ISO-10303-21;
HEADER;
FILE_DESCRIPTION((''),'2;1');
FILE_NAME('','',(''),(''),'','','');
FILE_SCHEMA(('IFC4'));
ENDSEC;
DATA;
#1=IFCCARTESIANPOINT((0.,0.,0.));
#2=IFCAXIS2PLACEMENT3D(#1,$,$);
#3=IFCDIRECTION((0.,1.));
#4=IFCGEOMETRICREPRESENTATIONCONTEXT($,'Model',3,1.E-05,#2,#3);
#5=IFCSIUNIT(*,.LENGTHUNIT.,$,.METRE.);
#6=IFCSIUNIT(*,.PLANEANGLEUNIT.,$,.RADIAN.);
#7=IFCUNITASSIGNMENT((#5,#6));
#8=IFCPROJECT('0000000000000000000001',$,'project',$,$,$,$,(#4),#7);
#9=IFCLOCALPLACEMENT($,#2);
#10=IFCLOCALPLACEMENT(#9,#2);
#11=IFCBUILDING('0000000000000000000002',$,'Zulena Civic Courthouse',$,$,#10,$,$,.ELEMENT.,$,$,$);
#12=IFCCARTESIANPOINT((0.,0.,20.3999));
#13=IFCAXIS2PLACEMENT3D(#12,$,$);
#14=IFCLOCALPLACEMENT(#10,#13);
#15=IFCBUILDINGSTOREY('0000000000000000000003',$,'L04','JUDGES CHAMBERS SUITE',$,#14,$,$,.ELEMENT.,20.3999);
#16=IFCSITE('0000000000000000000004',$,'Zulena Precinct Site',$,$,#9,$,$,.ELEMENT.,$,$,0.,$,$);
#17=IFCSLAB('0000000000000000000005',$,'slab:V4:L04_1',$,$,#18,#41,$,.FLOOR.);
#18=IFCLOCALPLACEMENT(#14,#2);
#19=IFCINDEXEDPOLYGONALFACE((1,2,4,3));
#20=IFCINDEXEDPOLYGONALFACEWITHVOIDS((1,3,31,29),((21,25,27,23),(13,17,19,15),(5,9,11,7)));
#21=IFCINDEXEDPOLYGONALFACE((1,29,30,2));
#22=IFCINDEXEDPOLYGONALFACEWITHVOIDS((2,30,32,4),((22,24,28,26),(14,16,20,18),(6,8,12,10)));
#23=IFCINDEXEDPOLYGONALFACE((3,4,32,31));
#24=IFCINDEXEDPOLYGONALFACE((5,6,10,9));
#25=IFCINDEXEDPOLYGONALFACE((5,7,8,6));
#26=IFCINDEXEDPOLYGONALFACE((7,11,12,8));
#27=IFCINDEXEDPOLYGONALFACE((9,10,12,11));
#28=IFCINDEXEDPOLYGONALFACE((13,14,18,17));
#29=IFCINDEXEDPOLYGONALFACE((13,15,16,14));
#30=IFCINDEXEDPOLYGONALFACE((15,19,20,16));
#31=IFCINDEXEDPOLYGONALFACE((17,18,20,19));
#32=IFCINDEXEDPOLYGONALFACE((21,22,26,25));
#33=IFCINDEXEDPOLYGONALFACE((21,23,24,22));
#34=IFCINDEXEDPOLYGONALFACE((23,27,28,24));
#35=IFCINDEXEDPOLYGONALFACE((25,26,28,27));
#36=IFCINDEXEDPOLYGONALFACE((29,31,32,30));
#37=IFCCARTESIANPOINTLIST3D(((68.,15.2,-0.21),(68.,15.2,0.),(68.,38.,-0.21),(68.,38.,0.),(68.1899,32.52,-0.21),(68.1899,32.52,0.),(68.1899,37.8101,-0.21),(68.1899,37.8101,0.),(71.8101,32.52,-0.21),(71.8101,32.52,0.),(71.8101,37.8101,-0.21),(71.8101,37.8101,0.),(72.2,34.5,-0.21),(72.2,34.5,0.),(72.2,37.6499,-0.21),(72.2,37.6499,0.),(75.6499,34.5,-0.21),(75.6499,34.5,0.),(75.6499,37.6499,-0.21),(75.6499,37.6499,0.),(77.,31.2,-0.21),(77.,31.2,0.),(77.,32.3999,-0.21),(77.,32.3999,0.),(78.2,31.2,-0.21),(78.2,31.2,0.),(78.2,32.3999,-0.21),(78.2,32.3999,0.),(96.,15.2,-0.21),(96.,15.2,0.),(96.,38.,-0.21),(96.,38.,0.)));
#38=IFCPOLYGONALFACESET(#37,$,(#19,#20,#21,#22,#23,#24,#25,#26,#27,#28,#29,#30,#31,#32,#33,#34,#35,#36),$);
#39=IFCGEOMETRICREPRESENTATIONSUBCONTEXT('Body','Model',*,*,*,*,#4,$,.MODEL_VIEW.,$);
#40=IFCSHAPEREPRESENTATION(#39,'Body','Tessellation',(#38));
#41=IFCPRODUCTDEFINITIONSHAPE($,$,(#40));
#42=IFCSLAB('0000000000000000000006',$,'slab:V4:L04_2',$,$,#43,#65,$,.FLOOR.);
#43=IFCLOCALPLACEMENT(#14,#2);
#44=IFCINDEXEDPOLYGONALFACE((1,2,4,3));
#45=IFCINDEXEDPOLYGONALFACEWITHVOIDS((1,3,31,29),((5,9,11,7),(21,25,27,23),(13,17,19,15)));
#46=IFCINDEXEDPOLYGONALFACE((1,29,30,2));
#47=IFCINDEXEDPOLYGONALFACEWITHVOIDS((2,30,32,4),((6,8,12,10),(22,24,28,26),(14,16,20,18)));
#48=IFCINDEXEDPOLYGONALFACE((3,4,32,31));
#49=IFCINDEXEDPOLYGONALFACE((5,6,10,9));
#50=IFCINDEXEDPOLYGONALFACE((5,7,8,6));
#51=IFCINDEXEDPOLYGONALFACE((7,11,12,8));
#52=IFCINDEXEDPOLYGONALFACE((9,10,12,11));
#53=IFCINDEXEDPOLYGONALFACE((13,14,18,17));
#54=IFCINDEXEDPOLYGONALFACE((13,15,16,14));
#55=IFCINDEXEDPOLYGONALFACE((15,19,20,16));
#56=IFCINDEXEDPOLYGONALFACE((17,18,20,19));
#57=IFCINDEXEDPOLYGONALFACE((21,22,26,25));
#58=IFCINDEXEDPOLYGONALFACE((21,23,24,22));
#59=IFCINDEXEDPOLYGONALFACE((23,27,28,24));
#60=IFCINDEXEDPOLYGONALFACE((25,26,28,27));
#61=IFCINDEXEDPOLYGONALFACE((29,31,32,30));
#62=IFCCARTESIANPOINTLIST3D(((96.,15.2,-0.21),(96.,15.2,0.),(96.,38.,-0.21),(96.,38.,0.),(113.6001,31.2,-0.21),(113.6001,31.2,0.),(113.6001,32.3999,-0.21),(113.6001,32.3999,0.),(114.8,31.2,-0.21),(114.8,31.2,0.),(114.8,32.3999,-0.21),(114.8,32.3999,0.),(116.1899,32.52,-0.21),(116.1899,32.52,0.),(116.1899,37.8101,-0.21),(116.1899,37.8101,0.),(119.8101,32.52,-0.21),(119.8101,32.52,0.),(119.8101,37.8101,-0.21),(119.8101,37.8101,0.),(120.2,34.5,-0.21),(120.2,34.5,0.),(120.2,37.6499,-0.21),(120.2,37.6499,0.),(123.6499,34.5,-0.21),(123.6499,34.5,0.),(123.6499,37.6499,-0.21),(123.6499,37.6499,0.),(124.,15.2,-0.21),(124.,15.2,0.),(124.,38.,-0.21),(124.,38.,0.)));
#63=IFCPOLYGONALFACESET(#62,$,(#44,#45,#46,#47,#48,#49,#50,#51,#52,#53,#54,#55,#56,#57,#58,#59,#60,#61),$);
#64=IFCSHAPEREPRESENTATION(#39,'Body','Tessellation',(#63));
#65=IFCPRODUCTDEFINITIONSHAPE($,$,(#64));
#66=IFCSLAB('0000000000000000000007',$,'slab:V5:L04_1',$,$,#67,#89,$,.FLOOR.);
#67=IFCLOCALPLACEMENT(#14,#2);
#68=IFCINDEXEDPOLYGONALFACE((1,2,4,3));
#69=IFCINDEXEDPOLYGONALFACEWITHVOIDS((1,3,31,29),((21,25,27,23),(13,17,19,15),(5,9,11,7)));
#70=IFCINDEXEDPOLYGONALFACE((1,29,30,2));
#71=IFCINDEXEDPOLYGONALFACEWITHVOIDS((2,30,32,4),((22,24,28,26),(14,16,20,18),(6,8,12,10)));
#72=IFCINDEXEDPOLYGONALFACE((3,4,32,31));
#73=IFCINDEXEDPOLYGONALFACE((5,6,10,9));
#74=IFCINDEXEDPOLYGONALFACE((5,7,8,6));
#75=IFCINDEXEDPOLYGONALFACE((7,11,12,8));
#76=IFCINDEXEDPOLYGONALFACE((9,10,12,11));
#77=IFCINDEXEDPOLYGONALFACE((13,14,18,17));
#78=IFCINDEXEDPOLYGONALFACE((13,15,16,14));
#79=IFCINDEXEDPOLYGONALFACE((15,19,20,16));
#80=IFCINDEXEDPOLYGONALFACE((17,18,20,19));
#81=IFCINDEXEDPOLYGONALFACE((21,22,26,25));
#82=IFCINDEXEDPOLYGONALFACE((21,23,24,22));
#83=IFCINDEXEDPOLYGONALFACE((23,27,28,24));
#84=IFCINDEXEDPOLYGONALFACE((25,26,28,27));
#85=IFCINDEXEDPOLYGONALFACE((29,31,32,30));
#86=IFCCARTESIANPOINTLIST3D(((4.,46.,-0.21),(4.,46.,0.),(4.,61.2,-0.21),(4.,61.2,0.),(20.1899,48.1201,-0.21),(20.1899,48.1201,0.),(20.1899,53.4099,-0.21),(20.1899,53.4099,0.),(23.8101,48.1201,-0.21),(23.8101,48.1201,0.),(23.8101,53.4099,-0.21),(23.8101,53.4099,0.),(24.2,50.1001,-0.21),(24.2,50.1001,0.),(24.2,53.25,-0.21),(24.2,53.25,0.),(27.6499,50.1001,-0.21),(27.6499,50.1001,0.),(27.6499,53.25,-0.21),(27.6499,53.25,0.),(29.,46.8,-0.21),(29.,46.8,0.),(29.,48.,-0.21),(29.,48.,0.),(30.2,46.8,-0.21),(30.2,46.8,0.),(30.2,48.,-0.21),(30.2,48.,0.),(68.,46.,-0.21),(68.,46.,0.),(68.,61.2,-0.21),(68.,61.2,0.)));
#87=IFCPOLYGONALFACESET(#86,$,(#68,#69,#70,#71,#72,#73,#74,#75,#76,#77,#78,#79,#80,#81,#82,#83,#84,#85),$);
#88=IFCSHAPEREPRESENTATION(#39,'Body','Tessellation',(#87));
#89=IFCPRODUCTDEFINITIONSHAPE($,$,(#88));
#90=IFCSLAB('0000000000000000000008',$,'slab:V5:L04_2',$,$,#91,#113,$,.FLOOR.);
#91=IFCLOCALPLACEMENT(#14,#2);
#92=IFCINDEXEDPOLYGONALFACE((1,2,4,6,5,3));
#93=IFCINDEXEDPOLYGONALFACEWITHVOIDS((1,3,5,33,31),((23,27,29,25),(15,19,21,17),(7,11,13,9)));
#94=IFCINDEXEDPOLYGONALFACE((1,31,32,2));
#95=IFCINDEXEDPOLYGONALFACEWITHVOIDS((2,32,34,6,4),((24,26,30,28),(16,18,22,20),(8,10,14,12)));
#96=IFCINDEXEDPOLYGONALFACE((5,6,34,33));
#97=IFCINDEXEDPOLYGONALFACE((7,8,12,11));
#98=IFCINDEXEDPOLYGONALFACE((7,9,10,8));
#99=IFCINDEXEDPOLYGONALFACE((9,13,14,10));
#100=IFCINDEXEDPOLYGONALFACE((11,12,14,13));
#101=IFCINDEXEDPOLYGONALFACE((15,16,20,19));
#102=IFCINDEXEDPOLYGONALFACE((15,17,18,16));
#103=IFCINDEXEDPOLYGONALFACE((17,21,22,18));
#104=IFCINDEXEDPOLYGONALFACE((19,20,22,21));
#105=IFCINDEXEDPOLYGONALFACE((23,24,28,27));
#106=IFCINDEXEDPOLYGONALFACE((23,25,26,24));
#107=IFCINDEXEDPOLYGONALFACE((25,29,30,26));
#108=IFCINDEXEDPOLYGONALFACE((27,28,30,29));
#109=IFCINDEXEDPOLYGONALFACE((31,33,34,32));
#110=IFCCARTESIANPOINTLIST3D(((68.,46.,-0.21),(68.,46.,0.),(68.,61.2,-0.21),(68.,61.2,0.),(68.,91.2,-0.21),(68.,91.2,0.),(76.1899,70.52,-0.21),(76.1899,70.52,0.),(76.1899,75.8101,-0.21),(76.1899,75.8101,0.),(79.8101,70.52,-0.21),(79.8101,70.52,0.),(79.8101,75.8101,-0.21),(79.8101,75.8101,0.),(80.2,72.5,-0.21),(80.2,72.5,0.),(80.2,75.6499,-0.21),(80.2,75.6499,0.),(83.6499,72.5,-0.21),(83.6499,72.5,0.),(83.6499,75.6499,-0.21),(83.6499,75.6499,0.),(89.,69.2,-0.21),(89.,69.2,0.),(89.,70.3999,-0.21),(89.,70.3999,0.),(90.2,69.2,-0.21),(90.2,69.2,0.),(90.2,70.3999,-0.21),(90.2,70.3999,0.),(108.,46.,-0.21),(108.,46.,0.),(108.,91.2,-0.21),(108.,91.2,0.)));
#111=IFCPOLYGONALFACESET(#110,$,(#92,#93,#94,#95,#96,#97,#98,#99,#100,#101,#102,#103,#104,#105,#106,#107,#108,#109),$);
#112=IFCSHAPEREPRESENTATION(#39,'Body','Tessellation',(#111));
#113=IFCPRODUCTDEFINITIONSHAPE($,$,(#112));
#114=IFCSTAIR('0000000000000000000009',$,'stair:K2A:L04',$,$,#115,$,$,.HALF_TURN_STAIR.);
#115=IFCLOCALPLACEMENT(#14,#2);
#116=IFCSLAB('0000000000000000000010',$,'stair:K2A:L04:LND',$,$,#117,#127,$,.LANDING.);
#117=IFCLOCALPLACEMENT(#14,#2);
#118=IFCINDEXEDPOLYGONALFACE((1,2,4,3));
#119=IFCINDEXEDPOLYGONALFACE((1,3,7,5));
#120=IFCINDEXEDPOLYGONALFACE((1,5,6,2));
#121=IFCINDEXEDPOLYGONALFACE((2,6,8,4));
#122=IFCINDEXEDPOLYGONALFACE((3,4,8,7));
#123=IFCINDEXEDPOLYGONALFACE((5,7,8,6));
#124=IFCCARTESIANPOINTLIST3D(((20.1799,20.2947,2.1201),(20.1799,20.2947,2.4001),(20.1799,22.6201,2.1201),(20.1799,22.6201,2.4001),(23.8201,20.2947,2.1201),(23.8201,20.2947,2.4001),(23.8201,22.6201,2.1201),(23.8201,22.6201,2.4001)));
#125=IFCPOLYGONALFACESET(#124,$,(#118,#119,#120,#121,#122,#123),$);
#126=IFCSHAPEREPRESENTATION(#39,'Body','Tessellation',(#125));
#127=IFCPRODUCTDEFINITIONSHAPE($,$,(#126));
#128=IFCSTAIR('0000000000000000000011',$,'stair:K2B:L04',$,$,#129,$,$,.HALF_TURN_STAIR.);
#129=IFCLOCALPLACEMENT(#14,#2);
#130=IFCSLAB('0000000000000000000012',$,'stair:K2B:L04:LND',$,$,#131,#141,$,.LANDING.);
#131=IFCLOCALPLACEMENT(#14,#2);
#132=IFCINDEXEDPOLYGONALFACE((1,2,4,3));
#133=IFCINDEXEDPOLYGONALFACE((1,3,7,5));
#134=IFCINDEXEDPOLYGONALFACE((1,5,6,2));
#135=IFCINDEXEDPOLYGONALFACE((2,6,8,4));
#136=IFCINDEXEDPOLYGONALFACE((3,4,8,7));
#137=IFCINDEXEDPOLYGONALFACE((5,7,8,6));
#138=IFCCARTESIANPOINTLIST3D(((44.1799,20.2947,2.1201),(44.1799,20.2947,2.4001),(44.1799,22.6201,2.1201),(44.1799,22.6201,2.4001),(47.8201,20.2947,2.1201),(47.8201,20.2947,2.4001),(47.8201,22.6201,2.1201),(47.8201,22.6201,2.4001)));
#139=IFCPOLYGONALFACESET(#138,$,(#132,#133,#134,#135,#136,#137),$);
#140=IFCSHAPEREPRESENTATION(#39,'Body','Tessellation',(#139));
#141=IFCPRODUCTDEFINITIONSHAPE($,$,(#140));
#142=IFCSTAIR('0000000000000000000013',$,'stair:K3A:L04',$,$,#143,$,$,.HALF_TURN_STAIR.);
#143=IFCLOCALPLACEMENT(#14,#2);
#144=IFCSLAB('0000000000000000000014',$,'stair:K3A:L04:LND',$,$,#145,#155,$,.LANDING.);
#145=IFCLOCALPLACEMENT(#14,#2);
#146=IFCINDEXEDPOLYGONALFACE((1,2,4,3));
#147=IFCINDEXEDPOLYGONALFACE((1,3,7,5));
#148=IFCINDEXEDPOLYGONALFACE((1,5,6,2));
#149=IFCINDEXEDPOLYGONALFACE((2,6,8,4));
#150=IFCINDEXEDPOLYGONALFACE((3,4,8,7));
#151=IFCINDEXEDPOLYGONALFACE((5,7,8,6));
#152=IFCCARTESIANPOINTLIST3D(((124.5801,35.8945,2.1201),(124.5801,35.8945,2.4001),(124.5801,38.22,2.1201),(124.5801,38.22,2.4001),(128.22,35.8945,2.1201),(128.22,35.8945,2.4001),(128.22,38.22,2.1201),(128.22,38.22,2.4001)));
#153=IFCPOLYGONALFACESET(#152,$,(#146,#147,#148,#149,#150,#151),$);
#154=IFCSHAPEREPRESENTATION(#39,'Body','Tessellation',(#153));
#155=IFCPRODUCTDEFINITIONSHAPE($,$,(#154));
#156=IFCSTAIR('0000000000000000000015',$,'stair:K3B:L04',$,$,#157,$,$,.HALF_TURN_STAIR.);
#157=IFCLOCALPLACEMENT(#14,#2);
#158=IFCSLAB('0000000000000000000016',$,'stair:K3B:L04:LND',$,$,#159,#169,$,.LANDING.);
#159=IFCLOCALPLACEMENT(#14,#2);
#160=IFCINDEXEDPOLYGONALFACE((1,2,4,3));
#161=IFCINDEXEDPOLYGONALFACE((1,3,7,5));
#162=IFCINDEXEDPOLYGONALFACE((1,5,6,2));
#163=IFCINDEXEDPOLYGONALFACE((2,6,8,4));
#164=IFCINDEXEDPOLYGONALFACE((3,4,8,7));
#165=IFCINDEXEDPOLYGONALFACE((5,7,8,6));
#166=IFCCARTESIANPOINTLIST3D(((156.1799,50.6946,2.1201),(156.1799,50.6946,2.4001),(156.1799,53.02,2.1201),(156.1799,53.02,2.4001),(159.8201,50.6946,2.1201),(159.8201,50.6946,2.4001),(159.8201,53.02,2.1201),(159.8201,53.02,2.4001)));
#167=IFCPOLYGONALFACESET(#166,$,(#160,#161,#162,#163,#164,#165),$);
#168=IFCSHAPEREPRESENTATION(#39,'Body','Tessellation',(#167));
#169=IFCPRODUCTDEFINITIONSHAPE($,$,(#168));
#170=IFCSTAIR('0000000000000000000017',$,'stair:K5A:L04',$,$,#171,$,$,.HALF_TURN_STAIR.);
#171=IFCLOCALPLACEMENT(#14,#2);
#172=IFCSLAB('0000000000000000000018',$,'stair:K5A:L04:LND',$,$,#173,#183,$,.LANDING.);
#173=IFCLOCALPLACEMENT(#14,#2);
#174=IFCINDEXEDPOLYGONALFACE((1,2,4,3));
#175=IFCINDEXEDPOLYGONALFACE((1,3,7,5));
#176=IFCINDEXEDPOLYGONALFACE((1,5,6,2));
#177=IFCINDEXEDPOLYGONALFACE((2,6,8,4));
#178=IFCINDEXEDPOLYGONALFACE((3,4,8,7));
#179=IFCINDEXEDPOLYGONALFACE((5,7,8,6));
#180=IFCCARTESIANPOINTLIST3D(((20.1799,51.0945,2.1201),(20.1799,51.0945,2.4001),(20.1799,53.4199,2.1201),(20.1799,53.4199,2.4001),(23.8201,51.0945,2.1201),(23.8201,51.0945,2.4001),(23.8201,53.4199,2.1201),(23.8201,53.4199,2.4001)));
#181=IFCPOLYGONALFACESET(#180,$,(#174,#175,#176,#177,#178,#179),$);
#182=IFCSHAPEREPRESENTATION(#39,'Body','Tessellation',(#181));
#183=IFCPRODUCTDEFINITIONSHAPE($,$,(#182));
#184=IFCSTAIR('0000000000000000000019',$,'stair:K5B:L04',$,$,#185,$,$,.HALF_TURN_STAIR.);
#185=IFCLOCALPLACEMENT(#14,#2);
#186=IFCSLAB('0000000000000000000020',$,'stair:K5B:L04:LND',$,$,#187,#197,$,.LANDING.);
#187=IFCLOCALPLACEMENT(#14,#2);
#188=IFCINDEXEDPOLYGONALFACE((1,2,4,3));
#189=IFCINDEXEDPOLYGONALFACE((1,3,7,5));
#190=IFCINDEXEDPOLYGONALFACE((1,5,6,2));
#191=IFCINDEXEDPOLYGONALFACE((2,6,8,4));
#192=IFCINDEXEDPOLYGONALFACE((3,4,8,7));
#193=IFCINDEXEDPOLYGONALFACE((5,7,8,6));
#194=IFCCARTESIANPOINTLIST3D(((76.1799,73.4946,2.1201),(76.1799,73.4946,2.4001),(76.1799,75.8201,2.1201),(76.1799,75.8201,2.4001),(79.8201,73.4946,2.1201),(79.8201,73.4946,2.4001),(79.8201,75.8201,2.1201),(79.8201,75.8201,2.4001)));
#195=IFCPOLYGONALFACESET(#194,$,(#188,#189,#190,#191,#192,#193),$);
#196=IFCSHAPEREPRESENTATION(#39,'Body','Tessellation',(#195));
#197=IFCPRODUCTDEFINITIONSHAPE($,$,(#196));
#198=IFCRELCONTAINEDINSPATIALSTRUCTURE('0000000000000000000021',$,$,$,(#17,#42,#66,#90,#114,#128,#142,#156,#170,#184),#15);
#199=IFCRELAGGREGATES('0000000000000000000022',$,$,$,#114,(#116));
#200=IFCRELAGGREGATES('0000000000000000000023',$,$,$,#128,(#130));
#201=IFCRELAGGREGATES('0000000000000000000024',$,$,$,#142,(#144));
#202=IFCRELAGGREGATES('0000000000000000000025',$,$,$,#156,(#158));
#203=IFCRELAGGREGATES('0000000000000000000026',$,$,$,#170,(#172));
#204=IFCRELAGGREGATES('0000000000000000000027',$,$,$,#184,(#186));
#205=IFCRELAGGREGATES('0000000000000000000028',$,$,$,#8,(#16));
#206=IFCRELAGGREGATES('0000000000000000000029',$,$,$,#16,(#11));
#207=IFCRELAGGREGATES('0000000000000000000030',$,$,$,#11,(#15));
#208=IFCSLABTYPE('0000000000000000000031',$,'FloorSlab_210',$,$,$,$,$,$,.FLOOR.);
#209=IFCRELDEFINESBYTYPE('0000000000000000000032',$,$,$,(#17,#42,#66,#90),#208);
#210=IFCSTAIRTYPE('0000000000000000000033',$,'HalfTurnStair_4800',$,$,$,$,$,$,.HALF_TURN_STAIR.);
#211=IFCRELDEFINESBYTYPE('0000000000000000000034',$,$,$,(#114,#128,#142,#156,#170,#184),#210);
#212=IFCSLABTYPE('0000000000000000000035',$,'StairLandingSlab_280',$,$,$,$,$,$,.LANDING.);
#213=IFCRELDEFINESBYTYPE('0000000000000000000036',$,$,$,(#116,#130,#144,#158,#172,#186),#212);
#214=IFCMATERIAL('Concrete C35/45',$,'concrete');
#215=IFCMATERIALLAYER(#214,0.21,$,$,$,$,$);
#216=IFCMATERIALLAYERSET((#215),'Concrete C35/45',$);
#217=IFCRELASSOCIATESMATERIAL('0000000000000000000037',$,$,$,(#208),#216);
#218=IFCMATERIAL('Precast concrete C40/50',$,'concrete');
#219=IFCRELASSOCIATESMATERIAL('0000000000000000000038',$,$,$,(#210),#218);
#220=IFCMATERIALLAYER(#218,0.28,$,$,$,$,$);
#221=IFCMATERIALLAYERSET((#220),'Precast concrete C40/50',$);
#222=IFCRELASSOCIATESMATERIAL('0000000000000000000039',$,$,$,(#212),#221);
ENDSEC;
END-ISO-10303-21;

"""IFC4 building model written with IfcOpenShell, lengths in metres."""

from ifc_helpers import new_model, si_unit, direction, frame, origin, place, context, subcontext, project, spatial, polyline, outline, extrude, material, layer, layer_set, type_object, element, aggregate, save


model = new_model("IFC4")

# Units and contexts
model_context = context("Model", 3, precision=1e-05, world=origin(), true_north=direction((0.0, 1.0)))
body_context = subcontext(model_context, "Body", "Model", "MODEL_VIEW")
ifc_project = project(units=[si_unit("LENGTHUNIT", "METRE"), si_unit("PLANEANGLEUNIT", "RADIAN")], contexts=[model_context])

# Site, building, storey
site_placement = place(None, origin())
site = spatial("IfcSite", under=ifc_project, at=site_placement, Name="Zulena Precinct Site", CompositionType="ELEMENT", RefElevation=0.0)
building_placement = place(site_placement, origin())
building = spatial("IfcBuilding", under=site, at=building_placement, Name="Zulena Civic Courthouse", CompositionType="ELEMENT")
storey_placement = place(building_placement, frame((0.0, 0.0, 20.3999)))
storey = spatial("IfcBuildingStorey", under=building, at=storey_placement, Name="L04", Description="JUDGES CHAMBERS SUITE", CompositionType="ELEMENT", Elevation=20.3999)

# Slabs
ifc_material_1 = material(Name="Concrete C35/45", Category="concrete")
ifc_layer_1 = layer(ifc_material_1, 0.21)
ifc_layer_set_1 = layer_set([ifc_layer_1], Name="Concrete C35/45")
slab_type_1 = type_object("IfcSlabType", Name="FloorSlab_210", PredefinedType="FLOOR", material=ifc_layer_set_1)
slab_1_placement = place(storey_placement, frame((0.0, 0.0, -0.21)))
element("IfcSlab", 1, at=slab_1_placement, inside=storey, type_object=slab_type_1, Name="slab:V4:L04_1", PredefinedType="FLOOR", context=body_context, shape_type="SweptSolid", body=[
    extrude(outline(polyline([(68.0, 15.2), (68.0, 38.0), (96.0, 38.0), (96.0, 15.2), (68.0, 15.2)]), holes=[polyline([(68.1899, 37.8101), (68.1899, 32.52), (71.8101, 32.52), (71.8101, 37.8101), (68.1899, 37.8101)]), polyline([(75.6499, 37.6499), (72.2, 37.6499), (72.2, 34.5), (75.6499, 34.5), (75.6499, 37.6499)]), polyline([(77.0, 32.3999), (77.0, 31.2), (78.2, 31.2), (78.2, 32.3999), (77.0, 32.3999)])]), origin(), (0.0, 0.0, 1.0), 0.21),
])
slab_2_placement = place(storey_placement, frame((0.0, 0.0, -0.21)))
element("IfcSlab", 2, at=slab_2_placement, inside=storey, type_object=slab_type_1, Name="slab:V4:L04_2", PredefinedType="FLOOR", context=body_context, shape_type="SweptSolid", body=[
    extrude(outline(polyline([(124.0, 15.2), (96.0, 15.2), (96.0, 38.0), (124.0, 38.0), (124.0, 15.2)]), holes=[polyline([(119.8101, 32.52), (119.8101, 37.8101), (116.1899, 37.8101), (116.1899, 32.52), (119.8101, 32.52)]), polyline([(120.2, 34.5), (123.6499, 34.5), (123.6499, 37.6499), (120.2, 37.6499), (120.2, 34.5)]), polyline([(114.8, 32.3999), (113.6001, 32.3999), (113.6001, 31.2), (114.8, 31.2), (114.8, 32.3999)])]), origin(), (0.0, 0.0, 1.0), 0.21),
])
slab_3_placement = place(storey_placement, frame((0.0, 0.0, -0.21)))
element("IfcSlab", 3, at=slab_3_placement, inside=storey, type_object=slab_type_1, Name="slab:V5:L04_1", PredefinedType="FLOOR", context=body_context, shape_type="SweptSolid", body=[
    extrude(outline(polyline([(4.0, 61.2), (68.0, 61.2), (68.0, 46.0), (4.0, 46.0), (4.0, 61.2)]), holes=[polyline([(20.1899, 53.4099), (20.1899, 48.1201), (23.8101, 48.1201), (23.8101, 53.4099), (20.1899, 53.4099)]), polyline([(27.6499, 53.25), (24.2, 53.25), (24.2, 50.1001), (27.6499, 50.1001), (27.6499, 53.25)]), polyline([(29.0, 48.0), (29.0, 46.8), (30.2, 46.8), (30.2, 48.0), (29.0, 48.0)])]), origin(), (0.0, 0.0, 1.0), 0.21),
])
slab_4_placement = place(storey_placement, frame((0.0, 0.0, -0.21)))
element("IfcSlab", 4, at=slab_4_placement, inside=storey, type_object=slab_type_1, Name="slab:V5:L04_2", PredefinedType="FLOOR", context=body_context, shape_type="SweptSolid", body=[
    extrude(outline(polyline([(68.0, 91.2), (108.0, 91.2), (108.0, 46.0), (68.0, 46.0), (68.0, 61.2), (68.0, 91.2)]), holes=[polyline([(79.8101, 70.52), (79.8101, 75.8101), (76.1899, 75.8101), (76.1899, 70.52), (79.8101, 70.52)]), polyline([(80.2, 72.5), (83.6499, 72.5), (83.6499, 75.6499), (80.2, 75.6499), (80.2, 72.5)]), polyline([(90.2, 70.3999), (89.0, 70.3999), (89.0, 69.2), (90.2, 69.2), (90.2, 70.3999)])]), origin(), (0.0, 0.0, 1.0), 0.21),
])

# Stairs, slabs
ifc_material_2 = material(Name="Precast concrete C40/50", Category="concrete")
stair_type = type_object("IfcStairType", Name="HalfTurnStair_4800", PredefinedType="HALF_TURN_STAIR", material=ifc_material_2)
stair_1_placement = place(storey_placement, origin())
stair_1 = element("IfcStair", 5, at=stair_1_placement, inside=storey, type_object=stair_type, Name="stair:K2A:L04", PredefinedType="HALF_TURN_STAIR")
ifc_layer_2 = layer(ifc_material_2, 0.28)
ifc_layer_set_2 = layer_set([ifc_layer_2], Name="Precast concrete C40/50")
slab_type_2 = type_object("IfcSlabType", Name="StairLandingSlab_280", PredefinedType="LANDING", material=ifc_layer_set_2)
slab_5_placement = place(storey_placement, frame((0.0, 0.0, 2.1201)))
slab_5 = element("IfcSlab", 6, at=slab_5_placement, type_object=slab_type_2, Name="stair:K2A:L04:LND", PredefinedType="LANDING", context=body_context, shape_type="SweptSolid", body=[
    extrude(outline(polyline([(20.1799, 20.2947), (23.8201, 20.2947), (23.8201, 22.6201), (20.1799, 22.6201), (20.1799, 20.2947)])), origin(), (0.0, 0.0, 1.0), 0.28),
])
aggregate(stair_1, [slab_5])
stair_2_placement = place(storey_placement, origin())
stair_2 = element("IfcStair", 7, at=stair_2_placement, inside=storey, type_object=stair_type, Name="stair:K2B:L04", PredefinedType="HALF_TURN_STAIR")
slab_6_placement = place(storey_placement, frame((0.0, 0.0, 2.1201)))
slab_6 = element("IfcSlab", 8, at=slab_6_placement, type_object=slab_type_2, Name="stair:K2B:L04:LND", PredefinedType="LANDING", context=body_context, shape_type="SweptSolid", body=[
    extrude(outline(polyline([(44.1799, 20.2947), (47.8201, 20.2947), (47.8201, 22.6201), (44.1799, 22.6201), (44.1799, 20.2947)])), origin(), (0.0, 0.0, 1.0), 0.28),
])
aggregate(stair_2, [slab_6])
stair_3_placement = place(storey_placement, origin())
stair_3 = element("IfcStair", 9, at=stair_3_placement, inside=storey, type_object=stair_type, Name="stair:K3A:L04", PredefinedType="HALF_TURN_STAIR")
slab_7_placement = place(storey_placement, frame((0.0, 0.0, 2.1201)))
slab_7 = element("IfcSlab", 10, at=slab_7_placement, type_object=slab_type_2, Name="stair:K3A:L04:LND", PredefinedType="LANDING", context=body_context, shape_type="SweptSolid", body=[
    extrude(outline(polyline([(124.5801, 35.8945), (128.22, 35.8945), (128.22, 38.22), (124.5801, 38.22), (124.5801, 35.8945)])), origin(), (0.0, 0.0, 1.0), 0.28),
])
aggregate(stair_3, [slab_7])
stair_4_placement = place(storey_placement, origin())
stair_4 = element("IfcStair", 11, at=stair_4_placement, inside=storey, type_object=stair_type, Name="stair:K3B:L04", PredefinedType="HALF_TURN_STAIR")
slab_8_placement = place(storey_placement, frame((0.0, 0.0, 2.1201)))
slab_8 = element("IfcSlab", 12, at=slab_8_placement, type_object=slab_type_2, Name="stair:K3B:L04:LND", PredefinedType="LANDING", context=body_context, shape_type="SweptSolid", body=[
    extrude(outline(polyline([(156.1799, 50.6946), (159.8201, 50.6946), (159.8201, 53.02), (156.1799, 53.02), (156.1799, 50.6946)])), origin(), (0.0, 0.0, 1.0), 0.28),
])
aggregate(stair_4, [slab_8])
stair_5_placement = place(storey_placement, origin())
stair_5 = element("IfcStair", 13, at=stair_5_placement, inside=storey, type_object=stair_type, Name="stair:K5A:L04", PredefinedType="HALF_TURN_STAIR")
slab_9_placement = place(storey_placement, frame((0.0, 0.0, 2.1201)))
slab_9 = element("IfcSlab", 14, at=slab_9_placement, type_object=slab_type_2, Name="stair:K5A:L04:LND", PredefinedType="LANDING", context=body_context, shape_type="SweptSolid", body=[
    extrude(outline(polyline([(20.1799, 51.0945), (23.8201, 51.0945), (23.8201, 53.4199), (20.1799, 53.4199), (20.1799, 51.0945)])), origin(), (0.0, 0.0, 1.0), 0.28),
])
aggregate(stair_5, [slab_9])
stair_6_placement = place(storey_placement, origin())
stair_6 = element("IfcStair", 15, at=stair_6_placement, inside=storey, type_object=stair_type, Name="stair:K5B:L04", PredefinedType="HALF_TURN_STAIR")
slab_10_placement = place(storey_placement, frame((0.0, 0.0, 2.1201)))
slab_10 = element("IfcSlab", 16, at=slab_10_placement, type_object=slab_type_2, Name="stair:K5B:L04:LND", PredefinedType="LANDING", context=body_context, shape_type="SweptSolid", body=[
    extrude(outline(polyline([(76.1799, 73.4946), (79.8201, 73.4946), (79.8201, 75.8201), (76.1799, 75.8201), (76.1799, 73.4946)])), origin(), (0.0, 0.0, 1.0), 0.28),
])
aggregate(stair_6, [slab_10])

save(model, "model.ifc")
